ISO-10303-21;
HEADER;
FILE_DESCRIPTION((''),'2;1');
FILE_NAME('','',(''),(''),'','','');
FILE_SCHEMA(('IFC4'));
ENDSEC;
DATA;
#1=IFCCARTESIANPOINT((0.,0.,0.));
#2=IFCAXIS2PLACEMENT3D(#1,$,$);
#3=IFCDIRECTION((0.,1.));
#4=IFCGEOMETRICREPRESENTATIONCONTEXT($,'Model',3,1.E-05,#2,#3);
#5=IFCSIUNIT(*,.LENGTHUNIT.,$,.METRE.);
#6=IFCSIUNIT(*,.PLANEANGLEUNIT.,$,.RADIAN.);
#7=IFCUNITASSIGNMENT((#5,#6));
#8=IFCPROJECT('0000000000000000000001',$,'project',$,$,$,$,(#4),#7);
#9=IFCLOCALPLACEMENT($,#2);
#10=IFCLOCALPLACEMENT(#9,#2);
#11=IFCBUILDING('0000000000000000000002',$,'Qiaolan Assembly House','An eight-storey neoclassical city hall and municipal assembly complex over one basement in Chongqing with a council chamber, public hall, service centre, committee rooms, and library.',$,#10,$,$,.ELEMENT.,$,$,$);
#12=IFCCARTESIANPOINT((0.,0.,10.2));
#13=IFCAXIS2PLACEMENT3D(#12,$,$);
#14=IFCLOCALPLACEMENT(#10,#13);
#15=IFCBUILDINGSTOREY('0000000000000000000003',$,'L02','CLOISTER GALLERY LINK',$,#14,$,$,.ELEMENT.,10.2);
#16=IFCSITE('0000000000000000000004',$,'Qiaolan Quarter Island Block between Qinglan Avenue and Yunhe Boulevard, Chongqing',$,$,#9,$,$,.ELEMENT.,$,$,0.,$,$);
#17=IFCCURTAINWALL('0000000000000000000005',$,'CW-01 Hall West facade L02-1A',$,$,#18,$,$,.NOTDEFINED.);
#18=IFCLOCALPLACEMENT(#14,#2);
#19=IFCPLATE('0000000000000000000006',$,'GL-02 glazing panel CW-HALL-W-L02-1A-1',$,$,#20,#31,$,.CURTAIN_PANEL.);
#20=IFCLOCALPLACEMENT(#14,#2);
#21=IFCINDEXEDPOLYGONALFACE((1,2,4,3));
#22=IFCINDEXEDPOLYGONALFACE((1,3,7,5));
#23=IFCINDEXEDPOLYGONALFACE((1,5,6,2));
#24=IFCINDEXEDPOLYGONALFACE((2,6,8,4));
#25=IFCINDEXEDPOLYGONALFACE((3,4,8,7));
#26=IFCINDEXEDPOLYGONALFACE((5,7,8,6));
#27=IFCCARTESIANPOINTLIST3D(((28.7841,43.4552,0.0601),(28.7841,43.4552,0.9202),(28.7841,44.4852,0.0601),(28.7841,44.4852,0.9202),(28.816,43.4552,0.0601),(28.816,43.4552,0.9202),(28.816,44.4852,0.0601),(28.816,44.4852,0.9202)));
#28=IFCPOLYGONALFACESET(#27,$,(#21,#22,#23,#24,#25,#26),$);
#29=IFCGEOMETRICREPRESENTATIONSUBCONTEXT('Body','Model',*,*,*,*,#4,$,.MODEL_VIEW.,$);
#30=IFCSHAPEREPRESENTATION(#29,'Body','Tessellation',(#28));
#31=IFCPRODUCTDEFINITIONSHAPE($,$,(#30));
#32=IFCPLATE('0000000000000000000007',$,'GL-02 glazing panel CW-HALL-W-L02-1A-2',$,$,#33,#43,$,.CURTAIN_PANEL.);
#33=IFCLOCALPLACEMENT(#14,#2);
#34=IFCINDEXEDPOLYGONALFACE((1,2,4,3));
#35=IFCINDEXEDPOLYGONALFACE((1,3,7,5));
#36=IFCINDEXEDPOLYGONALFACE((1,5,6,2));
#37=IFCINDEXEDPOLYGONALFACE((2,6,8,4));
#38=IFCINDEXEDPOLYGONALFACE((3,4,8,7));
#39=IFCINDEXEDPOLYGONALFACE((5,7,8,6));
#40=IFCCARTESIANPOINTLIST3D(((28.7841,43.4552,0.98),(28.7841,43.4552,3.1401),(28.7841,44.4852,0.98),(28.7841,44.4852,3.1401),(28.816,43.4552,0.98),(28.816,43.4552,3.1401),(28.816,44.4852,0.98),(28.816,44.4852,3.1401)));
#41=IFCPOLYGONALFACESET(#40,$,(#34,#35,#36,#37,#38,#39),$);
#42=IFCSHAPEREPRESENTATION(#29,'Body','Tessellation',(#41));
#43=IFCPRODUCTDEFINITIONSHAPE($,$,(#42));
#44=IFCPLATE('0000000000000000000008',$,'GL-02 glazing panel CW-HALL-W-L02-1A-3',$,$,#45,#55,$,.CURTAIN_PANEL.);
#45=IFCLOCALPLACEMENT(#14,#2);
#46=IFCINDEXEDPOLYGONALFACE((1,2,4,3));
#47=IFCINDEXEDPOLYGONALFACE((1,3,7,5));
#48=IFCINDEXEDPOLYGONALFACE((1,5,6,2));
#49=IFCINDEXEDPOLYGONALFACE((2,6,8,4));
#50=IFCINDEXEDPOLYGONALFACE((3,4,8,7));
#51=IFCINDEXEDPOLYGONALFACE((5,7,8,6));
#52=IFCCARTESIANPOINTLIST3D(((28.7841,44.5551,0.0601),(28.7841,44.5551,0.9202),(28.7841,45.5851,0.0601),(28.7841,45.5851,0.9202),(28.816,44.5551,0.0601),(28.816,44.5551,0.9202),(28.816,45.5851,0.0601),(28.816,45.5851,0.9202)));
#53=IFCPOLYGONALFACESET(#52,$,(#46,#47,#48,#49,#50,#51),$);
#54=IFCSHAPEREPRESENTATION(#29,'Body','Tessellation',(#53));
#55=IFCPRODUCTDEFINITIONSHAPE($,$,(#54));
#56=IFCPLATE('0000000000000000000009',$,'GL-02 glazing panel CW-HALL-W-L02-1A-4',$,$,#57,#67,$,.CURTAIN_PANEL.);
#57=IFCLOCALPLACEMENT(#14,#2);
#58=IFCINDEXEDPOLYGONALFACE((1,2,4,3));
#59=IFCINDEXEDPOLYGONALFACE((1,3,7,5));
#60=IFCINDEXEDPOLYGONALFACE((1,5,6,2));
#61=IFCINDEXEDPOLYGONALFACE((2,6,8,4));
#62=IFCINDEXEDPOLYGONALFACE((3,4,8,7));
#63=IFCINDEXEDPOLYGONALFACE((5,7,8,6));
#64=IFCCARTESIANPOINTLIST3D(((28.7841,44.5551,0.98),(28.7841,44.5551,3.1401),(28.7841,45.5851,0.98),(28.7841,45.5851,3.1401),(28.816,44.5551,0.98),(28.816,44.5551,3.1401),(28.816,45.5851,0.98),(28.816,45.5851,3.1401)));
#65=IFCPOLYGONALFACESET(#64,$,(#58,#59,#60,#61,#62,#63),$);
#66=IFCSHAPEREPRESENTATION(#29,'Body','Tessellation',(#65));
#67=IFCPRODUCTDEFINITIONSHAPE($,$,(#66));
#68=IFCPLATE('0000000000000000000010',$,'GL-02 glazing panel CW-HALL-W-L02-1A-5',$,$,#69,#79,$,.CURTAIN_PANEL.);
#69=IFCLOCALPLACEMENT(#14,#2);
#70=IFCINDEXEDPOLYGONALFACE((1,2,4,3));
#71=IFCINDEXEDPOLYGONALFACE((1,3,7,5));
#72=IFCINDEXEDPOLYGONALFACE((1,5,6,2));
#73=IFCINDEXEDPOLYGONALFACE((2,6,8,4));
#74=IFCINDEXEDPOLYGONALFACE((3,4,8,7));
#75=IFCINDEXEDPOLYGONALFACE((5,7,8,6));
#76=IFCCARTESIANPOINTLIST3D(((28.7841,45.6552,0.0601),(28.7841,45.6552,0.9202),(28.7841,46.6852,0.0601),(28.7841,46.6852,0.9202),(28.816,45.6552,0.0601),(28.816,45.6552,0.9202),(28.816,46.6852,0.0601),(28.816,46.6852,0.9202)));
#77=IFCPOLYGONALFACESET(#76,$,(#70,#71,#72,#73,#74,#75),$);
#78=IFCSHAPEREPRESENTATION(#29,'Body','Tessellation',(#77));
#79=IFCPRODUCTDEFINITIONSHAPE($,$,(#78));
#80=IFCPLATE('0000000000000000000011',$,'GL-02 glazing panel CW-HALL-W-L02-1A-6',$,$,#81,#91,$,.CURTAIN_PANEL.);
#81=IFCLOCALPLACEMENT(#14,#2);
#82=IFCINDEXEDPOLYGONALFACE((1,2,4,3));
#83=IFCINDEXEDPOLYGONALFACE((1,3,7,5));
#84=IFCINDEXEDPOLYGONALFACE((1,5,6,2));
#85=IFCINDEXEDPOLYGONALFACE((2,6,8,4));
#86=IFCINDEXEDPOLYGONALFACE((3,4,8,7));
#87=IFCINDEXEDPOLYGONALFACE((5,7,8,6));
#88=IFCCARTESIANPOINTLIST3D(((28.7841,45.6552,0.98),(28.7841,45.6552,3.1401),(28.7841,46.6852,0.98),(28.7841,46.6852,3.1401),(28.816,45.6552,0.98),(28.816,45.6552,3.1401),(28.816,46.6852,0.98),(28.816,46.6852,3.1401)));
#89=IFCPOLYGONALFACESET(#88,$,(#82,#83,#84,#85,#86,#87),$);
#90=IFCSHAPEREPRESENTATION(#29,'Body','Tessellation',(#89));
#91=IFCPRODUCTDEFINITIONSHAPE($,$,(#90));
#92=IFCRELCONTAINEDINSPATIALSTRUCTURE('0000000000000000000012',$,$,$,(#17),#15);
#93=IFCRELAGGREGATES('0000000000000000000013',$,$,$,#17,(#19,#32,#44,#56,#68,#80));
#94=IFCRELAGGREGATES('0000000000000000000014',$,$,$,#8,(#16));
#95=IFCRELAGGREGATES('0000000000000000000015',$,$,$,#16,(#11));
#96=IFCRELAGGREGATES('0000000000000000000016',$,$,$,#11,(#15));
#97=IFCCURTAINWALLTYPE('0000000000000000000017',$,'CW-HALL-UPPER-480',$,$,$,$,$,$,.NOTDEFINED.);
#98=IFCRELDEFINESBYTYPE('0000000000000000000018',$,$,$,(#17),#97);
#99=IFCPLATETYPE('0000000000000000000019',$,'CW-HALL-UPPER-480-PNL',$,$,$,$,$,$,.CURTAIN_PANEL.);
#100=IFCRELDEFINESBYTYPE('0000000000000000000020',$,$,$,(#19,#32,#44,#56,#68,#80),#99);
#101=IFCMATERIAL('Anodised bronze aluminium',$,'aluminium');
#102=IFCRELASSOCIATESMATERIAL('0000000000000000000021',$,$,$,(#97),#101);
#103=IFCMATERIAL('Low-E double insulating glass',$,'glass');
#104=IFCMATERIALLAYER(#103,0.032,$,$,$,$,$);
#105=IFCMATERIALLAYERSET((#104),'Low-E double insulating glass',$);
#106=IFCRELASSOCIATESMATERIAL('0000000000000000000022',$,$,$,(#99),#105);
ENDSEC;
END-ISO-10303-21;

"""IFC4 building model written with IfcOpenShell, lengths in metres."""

from ifc_helpers import new_model, si_unit, direction, frame, frame_2d, origin, place, context, subcontext, project, spatial, rectangle, extrude, material, layer, layer_set, type_object, element, aggregate, save


model = new_model("IFC4")

# Units and contexts
model_context = context("Model", 3, precision=1e-05, world=origin(), true_north=direction((0.0, 1.0)))
body_context = subcontext(model_context, "Body", "Model", "MODEL_VIEW")
ifc_project = project(units=[si_unit("LENGTHUNIT", "METRE"), si_unit("PLANEANGLEUNIT", "RADIAN")], contexts=[model_context])

# Site, building, storey
site_placement = place(None, origin())
site = spatial("IfcSite", under=ifc_project, at=site_placement, Name="Qiaolan Quarter Island Block between Qinglan Avenue and Yunhe Boulevard, Chongqing", CompositionType="ELEMENT", RefElevation=0.0)
building_placement = place(site_placement, origin())
building = spatial("IfcBuilding", under=site, at=building_placement, Name="Qiaolan Assembly House", Description="An eight-storey neoclassical city hall and municipal assembly complex over one basement in Chongqing with a council chamber, public hall, service centre, committee rooms, and library.", CompositionType="ELEMENT")
storey_placement = place(building_placement, frame((0.0, 0.0, 10.2)))
storey = spatial("IfcBuildingStorey", under=building, at=storey_placement, Name="L02", Description="CLOISTER GALLERY LINK", CompositionType="ELEMENT", Elevation=10.2)

# Shared definitions
ifc_material_1 = material(Name="Anodised bronze aluminium", Category="aluminium")
curtain_wall_type = type_object("IfcCurtainWallType", Name="CW-HALL-UPPER-480", PredefinedType="NOTDEFINED", material=ifc_material_1)

# Curtain wall
curtain_wall_1_placement = place(storey_placement, origin())
curtain_wall_1 = element("IfcCurtainWall", 1, at=curtain_wall_1_placement, inside=storey, type_object=curtain_wall_type, Name="CW-01 Hall West facade L02-1A", PredefinedType="NOTDEFINED")

# Plates
ifc_material_2 = material(Name="Low-E double insulating glass", Category="glass")
ifc_layer = layer(ifc_material_2, 0.032)
ifc_layer_set = layer_set([ifc_layer], Name="Low-E double insulating glass")
plate_type = type_object("IfcPlateType", Name="CW-HALL-UPPER-480-PNL", PredefinedType="CURTAIN_PANEL", material=ifc_layer_set)
plate_1_placement = place(storey_placement, frame((28.8, 43.4551, 0.0601), z_axis=(0.0, 0.0, 1.0), x_axis=(0.0, 1.0, 0.0)))
plate_1 = element("IfcPlate", 2, at=plate_1_placement, type_object=plate_type, Name="GL-02 glazing panel CW-HALL-W-L02-1A-1", PredefinedType="CURTAIN_PANEL", context=body_context, shape_type="SweptSolid", body=[
    extrude(rectangle(XDim=1.03, YDim=0.032, at=frame_2d((0.5151, 0.0))), origin(), (0.0, 0.0, 1.0), 0.8601),
])
plate_2_placement = place(storey_placement, frame((28.8, 43.4551, 0.98), z_axis=(0.0, 0.0, 1.0), x_axis=(0.0, 1.0, 0.0)))
plate_2 = element("IfcPlate", 3, at=plate_2_placement, type_object=plate_type, Name="GL-02 glazing panel CW-HALL-W-L02-1A-2", PredefinedType="CURTAIN_PANEL", context=body_context, shape_type="SweptSolid", body=[
    extrude(rectangle(XDim=1.03, YDim=0.032, at=frame_2d((0.5151, 0.0))), origin(), (0.0, 0.0, 1.0), 2.1602),
])
plate_3_placement = place(storey_placement, frame((28.8, 44.5549, 0.0601), z_axis=(0.0, 0.0, 1.0), x_axis=(0.0, 1.0, 0.0)))
plate_3 = element("IfcPlate", 4, at=plate_3_placement, type_object=plate_type, Name="GL-02 glazing panel CW-HALL-W-L02-1A-3", PredefinedType="CURTAIN_PANEL", context=body_context, shape_type="SweptSolid", body=[
    extrude(rectangle(XDim=1.03, YDim=0.032, at=frame_2d((0.5151, 0.0))), origin(), (0.0, 0.0, 1.0), 0.8601),
])
plate_4_placement = place(storey_placement, frame((28.8, 44.5549, 0.98), z_axis=(0.0, 0.0, 1.0), x_axis=(0.0, 1.0, 0.0)))
plate_4 = element("IfcPlate", 5, at=plate_4_placement, type_object=plate_type, Name="GL-02 glazing panel CW-HALL-W-L02-1A-4", PredefinedType="CURTAIN_PANEL", context=body_context, shape_type="SweptSolid", body=[
    extrude(rectangle(XDim=1.03, YDim=0.032, at=frame_2d((0.5151, 0.0))), origin(), (0.0, 0.0, 1.0), 2.1602),
])
plate_5_placement = place(storey_placement, frame((28.8, 45.655, 0.0601), z_axis=(0.0, 0.0, 1.0), x_axis=(0.0, 1.0, 0.0)))
plate_5 = element("IfcPlate", 6, at=plate_5_placement, type_object=plate_type, Name="GL-02 glazing panel CW-HALL-W-L02-1A-5", PredefinedType="CURTAIN_PANEL", context=body_context, shape_type="SweptSolid", body=[
    extrude(rectangle(XDim=1.03, YDim=0.032, at=frame_2d((0.5151, 0.0))), origin(), (0.0, 0.0, 1.0), 0.8601),
])
plate_6_placement = place(storey_placement, frame((28.8, 45.655, 0.98), z_axis=(0.0, 0.0, 1.0), x_axis=(0.0, 1.0, 0.0)))
plate_6 = element("IfcPlate", 7, at=plate_6_placement, type_object=plate_type, Name="GL-02 glazing panel CW-HALL-W-L02-1A-6", PredefinedType="CURTAIN_PANEL", context=body_context, shape_type="SweptSolid", body=[
    extrude(rectangle(XDim=1.03, YDim=0.032, at=frame_2d((0.5151, 0.0))), origin(), (0.0, 0.0, 1.0), 2.1602),
])
aggregate(curtain_wall_1, [plate_1, plate_2, plate_3, plate_4, plate_5, plate_6])

save(model, "model.ifc")
